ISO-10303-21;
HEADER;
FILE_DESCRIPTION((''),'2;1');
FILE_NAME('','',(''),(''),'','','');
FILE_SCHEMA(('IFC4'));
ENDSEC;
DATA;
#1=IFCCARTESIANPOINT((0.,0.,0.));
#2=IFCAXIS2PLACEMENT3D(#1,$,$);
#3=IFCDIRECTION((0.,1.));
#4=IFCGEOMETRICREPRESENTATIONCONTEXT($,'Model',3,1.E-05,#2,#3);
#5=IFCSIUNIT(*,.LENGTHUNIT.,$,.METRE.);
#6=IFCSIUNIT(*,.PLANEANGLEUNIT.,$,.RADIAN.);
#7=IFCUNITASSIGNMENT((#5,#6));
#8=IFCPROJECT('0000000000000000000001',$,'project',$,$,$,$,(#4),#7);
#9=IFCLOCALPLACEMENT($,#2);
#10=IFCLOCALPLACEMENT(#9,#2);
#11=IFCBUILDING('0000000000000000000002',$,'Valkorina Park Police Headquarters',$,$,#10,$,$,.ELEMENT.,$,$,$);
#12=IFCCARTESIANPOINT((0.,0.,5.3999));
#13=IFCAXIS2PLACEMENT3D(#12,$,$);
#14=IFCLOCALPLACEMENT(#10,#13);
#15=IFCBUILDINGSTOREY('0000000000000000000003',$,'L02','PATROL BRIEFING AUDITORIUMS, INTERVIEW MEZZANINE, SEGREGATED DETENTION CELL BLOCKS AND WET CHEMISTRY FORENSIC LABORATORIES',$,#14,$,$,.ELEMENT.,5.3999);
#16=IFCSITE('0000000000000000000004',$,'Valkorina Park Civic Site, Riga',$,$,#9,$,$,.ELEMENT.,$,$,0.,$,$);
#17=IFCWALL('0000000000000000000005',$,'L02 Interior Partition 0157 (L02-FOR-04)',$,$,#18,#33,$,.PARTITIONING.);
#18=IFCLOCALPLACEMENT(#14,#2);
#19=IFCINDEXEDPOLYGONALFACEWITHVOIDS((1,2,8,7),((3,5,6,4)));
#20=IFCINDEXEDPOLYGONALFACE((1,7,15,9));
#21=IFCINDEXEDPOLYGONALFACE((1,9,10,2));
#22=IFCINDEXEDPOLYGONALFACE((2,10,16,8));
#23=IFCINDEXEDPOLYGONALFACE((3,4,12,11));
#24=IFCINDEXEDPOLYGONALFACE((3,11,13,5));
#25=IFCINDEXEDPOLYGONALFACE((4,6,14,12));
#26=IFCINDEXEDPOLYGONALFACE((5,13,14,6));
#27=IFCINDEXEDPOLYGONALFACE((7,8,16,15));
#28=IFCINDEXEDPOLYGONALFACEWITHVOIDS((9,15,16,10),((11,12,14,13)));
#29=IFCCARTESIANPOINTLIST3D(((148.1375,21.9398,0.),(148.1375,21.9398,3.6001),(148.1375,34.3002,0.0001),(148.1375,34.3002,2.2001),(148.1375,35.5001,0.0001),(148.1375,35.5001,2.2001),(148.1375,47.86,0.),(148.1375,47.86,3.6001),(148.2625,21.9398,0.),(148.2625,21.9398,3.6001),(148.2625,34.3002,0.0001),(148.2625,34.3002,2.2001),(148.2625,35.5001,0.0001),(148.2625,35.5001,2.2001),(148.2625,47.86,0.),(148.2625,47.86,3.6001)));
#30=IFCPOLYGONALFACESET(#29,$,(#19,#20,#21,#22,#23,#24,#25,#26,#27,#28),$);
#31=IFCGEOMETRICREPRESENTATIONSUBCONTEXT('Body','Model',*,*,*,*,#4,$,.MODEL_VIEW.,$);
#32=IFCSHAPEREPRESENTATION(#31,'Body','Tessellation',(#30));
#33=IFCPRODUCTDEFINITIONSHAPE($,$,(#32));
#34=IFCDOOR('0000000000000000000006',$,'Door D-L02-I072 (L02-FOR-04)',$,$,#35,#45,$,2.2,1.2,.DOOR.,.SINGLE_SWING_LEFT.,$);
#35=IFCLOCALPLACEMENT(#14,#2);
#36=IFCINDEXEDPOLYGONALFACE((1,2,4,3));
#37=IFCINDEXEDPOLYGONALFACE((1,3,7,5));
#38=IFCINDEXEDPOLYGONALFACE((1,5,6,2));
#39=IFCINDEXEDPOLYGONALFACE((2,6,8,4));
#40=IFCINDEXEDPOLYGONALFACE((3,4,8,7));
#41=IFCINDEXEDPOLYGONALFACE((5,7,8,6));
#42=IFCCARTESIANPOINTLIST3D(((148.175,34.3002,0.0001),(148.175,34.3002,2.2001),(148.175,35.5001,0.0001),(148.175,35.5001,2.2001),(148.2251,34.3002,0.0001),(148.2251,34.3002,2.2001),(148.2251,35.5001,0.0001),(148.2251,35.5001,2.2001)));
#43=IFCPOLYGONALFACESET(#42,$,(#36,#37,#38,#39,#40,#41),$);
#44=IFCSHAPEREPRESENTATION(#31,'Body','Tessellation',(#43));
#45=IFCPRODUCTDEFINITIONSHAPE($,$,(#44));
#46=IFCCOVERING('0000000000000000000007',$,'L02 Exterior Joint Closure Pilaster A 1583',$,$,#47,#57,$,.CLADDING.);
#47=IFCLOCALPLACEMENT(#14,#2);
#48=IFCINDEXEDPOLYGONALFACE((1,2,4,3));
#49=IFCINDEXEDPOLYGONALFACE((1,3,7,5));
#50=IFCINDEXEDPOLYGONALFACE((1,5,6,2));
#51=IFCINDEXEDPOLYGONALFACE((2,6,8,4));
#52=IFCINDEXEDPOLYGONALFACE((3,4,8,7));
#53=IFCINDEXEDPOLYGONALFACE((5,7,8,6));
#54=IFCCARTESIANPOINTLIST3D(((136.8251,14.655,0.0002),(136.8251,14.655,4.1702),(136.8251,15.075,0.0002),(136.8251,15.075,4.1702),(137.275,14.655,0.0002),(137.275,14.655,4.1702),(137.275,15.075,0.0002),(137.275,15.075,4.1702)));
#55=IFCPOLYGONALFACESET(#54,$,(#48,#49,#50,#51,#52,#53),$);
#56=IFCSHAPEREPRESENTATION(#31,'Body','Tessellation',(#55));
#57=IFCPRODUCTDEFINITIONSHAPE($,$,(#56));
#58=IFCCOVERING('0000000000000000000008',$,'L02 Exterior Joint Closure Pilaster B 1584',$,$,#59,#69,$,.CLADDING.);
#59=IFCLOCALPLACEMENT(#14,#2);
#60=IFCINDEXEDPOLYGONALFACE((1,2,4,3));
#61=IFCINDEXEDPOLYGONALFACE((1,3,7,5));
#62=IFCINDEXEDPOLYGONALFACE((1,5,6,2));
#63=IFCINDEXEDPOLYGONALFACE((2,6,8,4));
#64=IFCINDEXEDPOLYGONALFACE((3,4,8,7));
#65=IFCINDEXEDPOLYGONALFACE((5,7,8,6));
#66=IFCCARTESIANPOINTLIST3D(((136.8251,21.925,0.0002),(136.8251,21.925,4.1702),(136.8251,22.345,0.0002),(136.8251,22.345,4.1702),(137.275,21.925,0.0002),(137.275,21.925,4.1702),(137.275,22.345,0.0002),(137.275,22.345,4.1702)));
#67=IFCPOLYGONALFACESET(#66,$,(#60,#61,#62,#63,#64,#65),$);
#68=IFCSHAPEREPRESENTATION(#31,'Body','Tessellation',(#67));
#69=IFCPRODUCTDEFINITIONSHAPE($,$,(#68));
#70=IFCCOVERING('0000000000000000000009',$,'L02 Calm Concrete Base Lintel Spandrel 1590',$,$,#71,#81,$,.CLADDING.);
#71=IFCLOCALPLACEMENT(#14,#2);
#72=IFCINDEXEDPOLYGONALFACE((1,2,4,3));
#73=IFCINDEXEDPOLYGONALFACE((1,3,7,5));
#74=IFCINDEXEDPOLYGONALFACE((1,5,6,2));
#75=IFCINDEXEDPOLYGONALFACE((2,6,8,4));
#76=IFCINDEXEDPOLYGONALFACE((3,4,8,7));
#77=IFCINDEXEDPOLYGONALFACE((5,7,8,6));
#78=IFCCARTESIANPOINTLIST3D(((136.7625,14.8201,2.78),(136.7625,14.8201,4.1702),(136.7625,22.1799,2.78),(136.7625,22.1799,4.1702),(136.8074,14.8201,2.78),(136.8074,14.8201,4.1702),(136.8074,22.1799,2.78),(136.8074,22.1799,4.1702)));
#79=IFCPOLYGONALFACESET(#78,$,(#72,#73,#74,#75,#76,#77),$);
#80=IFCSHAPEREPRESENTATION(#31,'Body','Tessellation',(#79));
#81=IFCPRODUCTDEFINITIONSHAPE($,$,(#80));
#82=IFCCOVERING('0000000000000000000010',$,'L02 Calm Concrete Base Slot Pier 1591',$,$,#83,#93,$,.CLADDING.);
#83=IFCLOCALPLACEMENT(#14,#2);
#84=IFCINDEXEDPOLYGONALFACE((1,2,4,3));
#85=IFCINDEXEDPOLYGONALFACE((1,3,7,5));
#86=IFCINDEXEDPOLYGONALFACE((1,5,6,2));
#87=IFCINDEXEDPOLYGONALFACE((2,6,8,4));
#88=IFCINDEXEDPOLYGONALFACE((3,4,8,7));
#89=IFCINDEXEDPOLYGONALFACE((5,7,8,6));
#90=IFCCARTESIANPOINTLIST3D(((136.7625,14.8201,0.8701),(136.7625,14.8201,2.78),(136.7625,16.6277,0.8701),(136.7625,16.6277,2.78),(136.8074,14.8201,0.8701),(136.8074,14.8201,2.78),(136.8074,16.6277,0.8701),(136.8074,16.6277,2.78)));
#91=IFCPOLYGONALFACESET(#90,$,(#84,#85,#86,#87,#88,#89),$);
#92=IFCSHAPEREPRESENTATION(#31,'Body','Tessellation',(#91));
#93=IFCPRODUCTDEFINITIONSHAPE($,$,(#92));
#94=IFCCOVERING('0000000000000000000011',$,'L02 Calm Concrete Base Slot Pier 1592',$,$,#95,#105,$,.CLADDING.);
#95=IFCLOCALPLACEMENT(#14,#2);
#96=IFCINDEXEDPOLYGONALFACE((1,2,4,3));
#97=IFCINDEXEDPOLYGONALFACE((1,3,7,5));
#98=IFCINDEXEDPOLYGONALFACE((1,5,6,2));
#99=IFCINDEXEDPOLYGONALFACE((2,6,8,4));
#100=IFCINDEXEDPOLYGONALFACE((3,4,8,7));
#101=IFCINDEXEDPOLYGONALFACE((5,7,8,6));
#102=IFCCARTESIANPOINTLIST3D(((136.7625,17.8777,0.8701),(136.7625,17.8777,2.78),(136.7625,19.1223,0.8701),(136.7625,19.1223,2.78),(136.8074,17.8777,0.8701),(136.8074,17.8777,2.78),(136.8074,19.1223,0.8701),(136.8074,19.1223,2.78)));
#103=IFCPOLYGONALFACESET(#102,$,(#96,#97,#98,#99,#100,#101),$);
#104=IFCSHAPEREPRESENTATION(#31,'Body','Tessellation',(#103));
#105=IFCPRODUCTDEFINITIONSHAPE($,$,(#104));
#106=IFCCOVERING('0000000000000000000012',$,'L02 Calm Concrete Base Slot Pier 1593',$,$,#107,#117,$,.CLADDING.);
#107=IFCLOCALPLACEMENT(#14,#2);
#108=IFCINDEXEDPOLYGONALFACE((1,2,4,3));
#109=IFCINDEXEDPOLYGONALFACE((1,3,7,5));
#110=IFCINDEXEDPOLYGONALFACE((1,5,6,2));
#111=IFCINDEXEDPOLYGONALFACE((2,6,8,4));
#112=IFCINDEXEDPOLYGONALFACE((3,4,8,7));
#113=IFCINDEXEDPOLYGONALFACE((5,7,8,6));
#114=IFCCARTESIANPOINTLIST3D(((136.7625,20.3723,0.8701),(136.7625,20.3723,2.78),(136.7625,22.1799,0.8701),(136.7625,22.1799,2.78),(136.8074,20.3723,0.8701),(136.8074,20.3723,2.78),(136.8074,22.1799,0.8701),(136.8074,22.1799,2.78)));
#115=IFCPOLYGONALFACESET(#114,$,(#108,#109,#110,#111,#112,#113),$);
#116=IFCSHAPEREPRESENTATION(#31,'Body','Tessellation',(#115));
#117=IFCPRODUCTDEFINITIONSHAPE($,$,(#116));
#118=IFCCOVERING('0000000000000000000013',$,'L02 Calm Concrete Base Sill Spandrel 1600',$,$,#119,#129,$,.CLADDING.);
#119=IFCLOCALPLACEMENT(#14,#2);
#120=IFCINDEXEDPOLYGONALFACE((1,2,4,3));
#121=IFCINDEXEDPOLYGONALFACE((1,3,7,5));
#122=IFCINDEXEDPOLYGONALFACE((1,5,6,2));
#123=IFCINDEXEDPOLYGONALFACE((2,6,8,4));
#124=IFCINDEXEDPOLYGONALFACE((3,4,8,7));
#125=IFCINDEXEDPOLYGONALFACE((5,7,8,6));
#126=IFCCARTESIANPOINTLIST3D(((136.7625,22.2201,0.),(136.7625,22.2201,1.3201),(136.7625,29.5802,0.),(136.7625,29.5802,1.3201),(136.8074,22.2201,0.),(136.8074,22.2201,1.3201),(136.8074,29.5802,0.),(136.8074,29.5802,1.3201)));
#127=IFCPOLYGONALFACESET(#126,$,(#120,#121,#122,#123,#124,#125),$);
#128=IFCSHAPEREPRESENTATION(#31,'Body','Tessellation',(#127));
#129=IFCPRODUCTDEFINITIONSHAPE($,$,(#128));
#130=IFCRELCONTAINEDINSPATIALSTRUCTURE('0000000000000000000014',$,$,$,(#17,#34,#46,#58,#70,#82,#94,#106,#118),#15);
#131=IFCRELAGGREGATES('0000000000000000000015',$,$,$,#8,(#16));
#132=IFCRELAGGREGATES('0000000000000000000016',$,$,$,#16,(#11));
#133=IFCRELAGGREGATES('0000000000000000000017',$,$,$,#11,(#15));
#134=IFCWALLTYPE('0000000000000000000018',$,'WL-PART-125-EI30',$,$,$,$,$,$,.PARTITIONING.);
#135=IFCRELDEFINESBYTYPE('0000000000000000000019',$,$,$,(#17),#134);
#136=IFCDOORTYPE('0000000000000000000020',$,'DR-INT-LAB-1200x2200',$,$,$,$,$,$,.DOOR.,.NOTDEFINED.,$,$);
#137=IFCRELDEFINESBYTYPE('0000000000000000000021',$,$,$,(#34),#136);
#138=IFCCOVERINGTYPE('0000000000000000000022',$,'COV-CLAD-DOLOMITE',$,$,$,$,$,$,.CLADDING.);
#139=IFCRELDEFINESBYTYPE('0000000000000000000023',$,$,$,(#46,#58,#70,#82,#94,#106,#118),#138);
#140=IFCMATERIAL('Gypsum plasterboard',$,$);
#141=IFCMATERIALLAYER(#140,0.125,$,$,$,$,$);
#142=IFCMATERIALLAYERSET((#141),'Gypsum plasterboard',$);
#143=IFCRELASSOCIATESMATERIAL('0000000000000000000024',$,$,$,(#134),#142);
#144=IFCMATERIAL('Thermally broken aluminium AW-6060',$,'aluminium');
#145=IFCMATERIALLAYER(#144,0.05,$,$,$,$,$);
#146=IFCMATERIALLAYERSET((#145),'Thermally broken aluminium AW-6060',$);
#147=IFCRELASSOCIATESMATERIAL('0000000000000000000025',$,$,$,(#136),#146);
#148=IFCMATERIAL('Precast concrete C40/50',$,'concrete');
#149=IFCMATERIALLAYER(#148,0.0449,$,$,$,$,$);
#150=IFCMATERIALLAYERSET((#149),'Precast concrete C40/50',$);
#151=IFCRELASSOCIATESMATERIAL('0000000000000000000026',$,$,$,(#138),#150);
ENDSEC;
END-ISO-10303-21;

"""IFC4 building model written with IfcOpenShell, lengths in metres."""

from ifc_helpers import new_model, si_unit, direction, frame, frame_2d, origin, origin_2d, place, context, subcontext, project, spatial, rectangle, extrude, material, layer, layer_set, type_object, element, fill, save


model = new_model("IFC4")

# Units and contexts
model_context = context("Model", 3, precision=1e-05, world=origin(), true_north=direction((0.0, 1.0)))
body_context = subcontext(model_context, "Body", "Model", "MODEL_VIEW")
ifc_project = project(units=[si_unit("LENGTHUNIT", "METRE"), si_unit("PLANEANGLEUNIT", "RADIAN")], contexts=[model_context])

# Site, building, storey
site_placement = place(None, origin())
site = spatial("IfcSite", under=ifc_project, at=site_placement, Name="Valkorina Park Civic Site, Riga", CompositionType="ELEMENT", RefElevation=0.0)
building_placement = place(site_placement, origin())
building = spatial("IfcBuilding", under=site, at=building_placement, Name="Valkorina Park Police Headquarters", CompositionType="ELEMENT")
storey_placement = place(building_placement, frame((0.0, 0.0, 5.3999)))
storey = spatial("IfcBuildingStorey", under=building, at=storey_placement, Name="L02", Description="PATROL BRIEFING AUDITORIUMS, INTERVIEW MEZZANINE, SEGREGATED DETENTION CELL BLOCKS AND WET CHEMISTRY FORENSIC LABORATORIES", CompositionType="ELEMENT", Elevation=5.3999)

# Shared definitions
ifc_material_1 = material(Name="Precast concrete C40/50", Category="concrete")

# Wall, opening, door
ifc_material_2 = material(Name="Gypsum plasterboard")
ifc_layer_1 = layer(ifc_material_2, 0.125)
ifc_layer_set_1 = layer_set([ifc_layer_1], Name="Gypsum plasterboard")
wall_type_1 = type_object("IfcWallType", Name="WL-PART-125-EI30", PredefinedType="PARTITIONING", material=ifc_layer_set_1)
wall_1_placement = place(storey_placement, frame((148.2, 21.9399, 0.0), z_axis=(0.0, 0.0, 1.0), x_axis=(0.0, 1.0, 0.0)))
wall_1 = element("IfcWall", 1, at=wall_1_placement, inside=storey, type_object=wall_type_1, Name="L02 Interior Partition 0157 (L02-FOR-04)", PredefinedType="PARTITIONING", context=body_context, shape_type="SweptSolid", body=[
    extrude(rectangle(XDim=25.9202, YDim=0.125, at=frame_2d((12.96, 0.0))), origin(), (0.0, 0.0, 1.0), 3.6001),
])
opening_1_placement = place(wall_1_placement, frame((12.3601, 0.0, 0.0)))
opening_1 = element("IfcOpeningElement", 2, at=opening_1_placement, cuts=wall_1, PredefinedType="OPENING", context=body_context, shape_type="SweptSolid", body=[
    extrude(rectangle(XDim=1.2, YDim=2.2, at=frame_2d((0.6001, 1.1001))), frame((0.0, 0.0725, 0.0), z_axis=(0.0, -1.0, 0.0), x_axis=(1.0, 0.0, 0.0)), (0.0, 0.0, 1.0), 0.145),
])
ifc_material_3 = material(Name="Thermally broken aluminium AW-6060", Category="aluminium")
ifc_layer_2 = layer(ifc_material_3, 0.05)
ifc_layer_set_2 = layer_set([ifc_layer_2], Name="Thermally broken aluminium AW-6060")
door_type_1 = type_object("IfcDoorType", Name="DR-INT-LAB-1200x2200", OperationType="NOTDEFINED", PredefinedType="DOOR", material=ifc_layer_set_2)
door_1_placement = place(opening_1_placement, origin())
door_1 = element("IfcDoor", 3, at=door_1_placement, inside=storey, type_object=door_type_1, Name="Door D-L02-I072 (L02-FOR-04)", OperationType="SINGLE_SWING_LEFT", OverallHeight=2.2, OverallWidth=1.2, PredefinedType="DOOR", context=body_context, shape_type="SweptSolid", body=[
    extrude(rectangle(XDim=1.2, YDim=2.2, at=frame_2d((0.6001, 1.1001))), frame((0.0, 0.0249, 0.0), z_axis=(0.0, -1.0, 0.0), x_axis=(1.0, 0.0, 0.0)), (0.0, 0.0, 1.0), 0.05),
])
fill(opening_1, door_1)

# Coverings
ifc_layer_3 = layer(ifc_material_1, 0.0449)
ifc_layer_set_3 = layer_set([ifc_layer_3], Name="Precast concrete C40/50")
covering_type = type_object("IfcCoveringType", Name="COV-CLAD-DOLOMITE", PredefinedType="CLADDING", material=ifc_layer_set_3)
for number, where, z_axis, x_axis, name in (
    (4, (137.05, 14.865, 0.0002), (0.0, 0.0, 1.0), (0.0, 1.0, 0.0), "L02 Exterior Joint Closure Pilaster A 1583"),
    (5, (137.05, 22.135, 0.0002), (0.0, 0.0, 1.0), (0.0, 1.0, 0.0), "L02 Exterior Joint Closure Pilaster B 1584"),
):
    element("IfcCovering", number, at=place(storey_placement, frame(where, z_axis=z_axis, x_axis=x_axis)), inside=storey, type_object=covering_type, Name=name, PredefinedType="CLADDING", context=body_context, shape_type="SweptSolid", body=[
        extrude(rectangle(XDim=0.4199, YDim=0.45, at=origin_2d()), origin(), (0.0, 0.0, 1.0), 4.1699),
    ])
covering_1_placement = place(storey_placement, frame((136.7849, 14.8201, 2.78), z_axis=(0.0, 0.0, 1.0), x_axis=(0.0, 1.0, 0.0)))
element("IfcCovering", 6, at=covering_1_placement, inside=storey, type_object=covering_type, Name="L02 Calm Concrete Base Lintel Spandrel 1590", PredefinedType="CLADDING", context=body_context, shape_type="SweptSolid", body=[
    extrude(rectangle(XDim=7.3599, YDim=0.0449, at=frame_2d((3.6799, 0.0))), origin(), (0.0, 0.0, 1.0), 1.3901),
])
covering_2_placement = place(storey_placement, frame((136.7849, 14.8201, 0.8701), z_axis=(0.0, 0.0, 1.0), x_axis=(0.0, 1.0, 0.0)))
element("IfcCovering", 7, at=covering_2_placement, inside=storey, type_object=covering_type, Name="L02 Calm Concrete Base Slot Pier 1591", PredefinedType="CLADDING", context=body_context, shape_type="SweptSolid", body=[
    extrude(rectangle(XDim=1.8076, YDim=0.0449, at=frame_2d((0.9038, 0.0))), origin(), (0.0, 0.0, 1.0), 1.9099),
])
covering_3_placement = place(storey_placement, frame((136.7849, 17.8777, 0.8701), z_axis=(0.0, 0.0, 1.0), x_axis=(0.0, 1.0, 0.0)))
element("IfcCovering", 8, at=covering_3_placement, inside=storey, type_object=covering_type, Name="L02 Calm Concrete Base Slot Pier 1592", PredefinedType="CLADDING", context=body_context, shape_type="SweptSolid", body=[
    extrude(rectangle(XDim=1.2446, YDim=0.0449, at=frame_2d((0.6223, 0.0))), origin(), (0.0, 0.0, 1.0), 1.9099),
])
covering_4_placement = place(storey_placement, frame((136.7849, 20.3723, 0.8701), z_axis=(0.0, 0.0, 1.0), x_axis=(0.0, 1.0, 0.0)))
element("IfcCovering", 9, at=covering_4_placement, inside=storey, type_object=covering_type, Name="L02 Calm Concrete Base Slot Pier 1593", PredefinedType="CLADDING", context=body_context, shape_type="SweptSolid", body=[
    extrude(rectangle(XDim=1.8076, YDim=0.0449, at=frame_2d((0.9038, 0.0))), origin(), (0.0, 0.0, 1.0), 1.9099),
])
covering_5_placement = place(storey_placement, frame((136.7849, 22.22, 0.0), z_axis=(0.0, 0.0, 1.0), x_axis=(0.0, 1.0, 0.0)))
element("IfcCovering", 10, at=covering_5_placement, inside=storey, type_object=covering_type, Name="L02 Calm Concrete Base Sill Spandrel 1600", PredefinedType="CLADDING", context=body_context, shape_type="SweptSolid", body=[
    extrude(rectangle(XDim=7.3601, YDim=0.0449, at=frame_2d((3.6802, 0.0))), origin(), (0.0, 0.0, 1.0), 1.3201),
])

save(model, "model.ifc")
